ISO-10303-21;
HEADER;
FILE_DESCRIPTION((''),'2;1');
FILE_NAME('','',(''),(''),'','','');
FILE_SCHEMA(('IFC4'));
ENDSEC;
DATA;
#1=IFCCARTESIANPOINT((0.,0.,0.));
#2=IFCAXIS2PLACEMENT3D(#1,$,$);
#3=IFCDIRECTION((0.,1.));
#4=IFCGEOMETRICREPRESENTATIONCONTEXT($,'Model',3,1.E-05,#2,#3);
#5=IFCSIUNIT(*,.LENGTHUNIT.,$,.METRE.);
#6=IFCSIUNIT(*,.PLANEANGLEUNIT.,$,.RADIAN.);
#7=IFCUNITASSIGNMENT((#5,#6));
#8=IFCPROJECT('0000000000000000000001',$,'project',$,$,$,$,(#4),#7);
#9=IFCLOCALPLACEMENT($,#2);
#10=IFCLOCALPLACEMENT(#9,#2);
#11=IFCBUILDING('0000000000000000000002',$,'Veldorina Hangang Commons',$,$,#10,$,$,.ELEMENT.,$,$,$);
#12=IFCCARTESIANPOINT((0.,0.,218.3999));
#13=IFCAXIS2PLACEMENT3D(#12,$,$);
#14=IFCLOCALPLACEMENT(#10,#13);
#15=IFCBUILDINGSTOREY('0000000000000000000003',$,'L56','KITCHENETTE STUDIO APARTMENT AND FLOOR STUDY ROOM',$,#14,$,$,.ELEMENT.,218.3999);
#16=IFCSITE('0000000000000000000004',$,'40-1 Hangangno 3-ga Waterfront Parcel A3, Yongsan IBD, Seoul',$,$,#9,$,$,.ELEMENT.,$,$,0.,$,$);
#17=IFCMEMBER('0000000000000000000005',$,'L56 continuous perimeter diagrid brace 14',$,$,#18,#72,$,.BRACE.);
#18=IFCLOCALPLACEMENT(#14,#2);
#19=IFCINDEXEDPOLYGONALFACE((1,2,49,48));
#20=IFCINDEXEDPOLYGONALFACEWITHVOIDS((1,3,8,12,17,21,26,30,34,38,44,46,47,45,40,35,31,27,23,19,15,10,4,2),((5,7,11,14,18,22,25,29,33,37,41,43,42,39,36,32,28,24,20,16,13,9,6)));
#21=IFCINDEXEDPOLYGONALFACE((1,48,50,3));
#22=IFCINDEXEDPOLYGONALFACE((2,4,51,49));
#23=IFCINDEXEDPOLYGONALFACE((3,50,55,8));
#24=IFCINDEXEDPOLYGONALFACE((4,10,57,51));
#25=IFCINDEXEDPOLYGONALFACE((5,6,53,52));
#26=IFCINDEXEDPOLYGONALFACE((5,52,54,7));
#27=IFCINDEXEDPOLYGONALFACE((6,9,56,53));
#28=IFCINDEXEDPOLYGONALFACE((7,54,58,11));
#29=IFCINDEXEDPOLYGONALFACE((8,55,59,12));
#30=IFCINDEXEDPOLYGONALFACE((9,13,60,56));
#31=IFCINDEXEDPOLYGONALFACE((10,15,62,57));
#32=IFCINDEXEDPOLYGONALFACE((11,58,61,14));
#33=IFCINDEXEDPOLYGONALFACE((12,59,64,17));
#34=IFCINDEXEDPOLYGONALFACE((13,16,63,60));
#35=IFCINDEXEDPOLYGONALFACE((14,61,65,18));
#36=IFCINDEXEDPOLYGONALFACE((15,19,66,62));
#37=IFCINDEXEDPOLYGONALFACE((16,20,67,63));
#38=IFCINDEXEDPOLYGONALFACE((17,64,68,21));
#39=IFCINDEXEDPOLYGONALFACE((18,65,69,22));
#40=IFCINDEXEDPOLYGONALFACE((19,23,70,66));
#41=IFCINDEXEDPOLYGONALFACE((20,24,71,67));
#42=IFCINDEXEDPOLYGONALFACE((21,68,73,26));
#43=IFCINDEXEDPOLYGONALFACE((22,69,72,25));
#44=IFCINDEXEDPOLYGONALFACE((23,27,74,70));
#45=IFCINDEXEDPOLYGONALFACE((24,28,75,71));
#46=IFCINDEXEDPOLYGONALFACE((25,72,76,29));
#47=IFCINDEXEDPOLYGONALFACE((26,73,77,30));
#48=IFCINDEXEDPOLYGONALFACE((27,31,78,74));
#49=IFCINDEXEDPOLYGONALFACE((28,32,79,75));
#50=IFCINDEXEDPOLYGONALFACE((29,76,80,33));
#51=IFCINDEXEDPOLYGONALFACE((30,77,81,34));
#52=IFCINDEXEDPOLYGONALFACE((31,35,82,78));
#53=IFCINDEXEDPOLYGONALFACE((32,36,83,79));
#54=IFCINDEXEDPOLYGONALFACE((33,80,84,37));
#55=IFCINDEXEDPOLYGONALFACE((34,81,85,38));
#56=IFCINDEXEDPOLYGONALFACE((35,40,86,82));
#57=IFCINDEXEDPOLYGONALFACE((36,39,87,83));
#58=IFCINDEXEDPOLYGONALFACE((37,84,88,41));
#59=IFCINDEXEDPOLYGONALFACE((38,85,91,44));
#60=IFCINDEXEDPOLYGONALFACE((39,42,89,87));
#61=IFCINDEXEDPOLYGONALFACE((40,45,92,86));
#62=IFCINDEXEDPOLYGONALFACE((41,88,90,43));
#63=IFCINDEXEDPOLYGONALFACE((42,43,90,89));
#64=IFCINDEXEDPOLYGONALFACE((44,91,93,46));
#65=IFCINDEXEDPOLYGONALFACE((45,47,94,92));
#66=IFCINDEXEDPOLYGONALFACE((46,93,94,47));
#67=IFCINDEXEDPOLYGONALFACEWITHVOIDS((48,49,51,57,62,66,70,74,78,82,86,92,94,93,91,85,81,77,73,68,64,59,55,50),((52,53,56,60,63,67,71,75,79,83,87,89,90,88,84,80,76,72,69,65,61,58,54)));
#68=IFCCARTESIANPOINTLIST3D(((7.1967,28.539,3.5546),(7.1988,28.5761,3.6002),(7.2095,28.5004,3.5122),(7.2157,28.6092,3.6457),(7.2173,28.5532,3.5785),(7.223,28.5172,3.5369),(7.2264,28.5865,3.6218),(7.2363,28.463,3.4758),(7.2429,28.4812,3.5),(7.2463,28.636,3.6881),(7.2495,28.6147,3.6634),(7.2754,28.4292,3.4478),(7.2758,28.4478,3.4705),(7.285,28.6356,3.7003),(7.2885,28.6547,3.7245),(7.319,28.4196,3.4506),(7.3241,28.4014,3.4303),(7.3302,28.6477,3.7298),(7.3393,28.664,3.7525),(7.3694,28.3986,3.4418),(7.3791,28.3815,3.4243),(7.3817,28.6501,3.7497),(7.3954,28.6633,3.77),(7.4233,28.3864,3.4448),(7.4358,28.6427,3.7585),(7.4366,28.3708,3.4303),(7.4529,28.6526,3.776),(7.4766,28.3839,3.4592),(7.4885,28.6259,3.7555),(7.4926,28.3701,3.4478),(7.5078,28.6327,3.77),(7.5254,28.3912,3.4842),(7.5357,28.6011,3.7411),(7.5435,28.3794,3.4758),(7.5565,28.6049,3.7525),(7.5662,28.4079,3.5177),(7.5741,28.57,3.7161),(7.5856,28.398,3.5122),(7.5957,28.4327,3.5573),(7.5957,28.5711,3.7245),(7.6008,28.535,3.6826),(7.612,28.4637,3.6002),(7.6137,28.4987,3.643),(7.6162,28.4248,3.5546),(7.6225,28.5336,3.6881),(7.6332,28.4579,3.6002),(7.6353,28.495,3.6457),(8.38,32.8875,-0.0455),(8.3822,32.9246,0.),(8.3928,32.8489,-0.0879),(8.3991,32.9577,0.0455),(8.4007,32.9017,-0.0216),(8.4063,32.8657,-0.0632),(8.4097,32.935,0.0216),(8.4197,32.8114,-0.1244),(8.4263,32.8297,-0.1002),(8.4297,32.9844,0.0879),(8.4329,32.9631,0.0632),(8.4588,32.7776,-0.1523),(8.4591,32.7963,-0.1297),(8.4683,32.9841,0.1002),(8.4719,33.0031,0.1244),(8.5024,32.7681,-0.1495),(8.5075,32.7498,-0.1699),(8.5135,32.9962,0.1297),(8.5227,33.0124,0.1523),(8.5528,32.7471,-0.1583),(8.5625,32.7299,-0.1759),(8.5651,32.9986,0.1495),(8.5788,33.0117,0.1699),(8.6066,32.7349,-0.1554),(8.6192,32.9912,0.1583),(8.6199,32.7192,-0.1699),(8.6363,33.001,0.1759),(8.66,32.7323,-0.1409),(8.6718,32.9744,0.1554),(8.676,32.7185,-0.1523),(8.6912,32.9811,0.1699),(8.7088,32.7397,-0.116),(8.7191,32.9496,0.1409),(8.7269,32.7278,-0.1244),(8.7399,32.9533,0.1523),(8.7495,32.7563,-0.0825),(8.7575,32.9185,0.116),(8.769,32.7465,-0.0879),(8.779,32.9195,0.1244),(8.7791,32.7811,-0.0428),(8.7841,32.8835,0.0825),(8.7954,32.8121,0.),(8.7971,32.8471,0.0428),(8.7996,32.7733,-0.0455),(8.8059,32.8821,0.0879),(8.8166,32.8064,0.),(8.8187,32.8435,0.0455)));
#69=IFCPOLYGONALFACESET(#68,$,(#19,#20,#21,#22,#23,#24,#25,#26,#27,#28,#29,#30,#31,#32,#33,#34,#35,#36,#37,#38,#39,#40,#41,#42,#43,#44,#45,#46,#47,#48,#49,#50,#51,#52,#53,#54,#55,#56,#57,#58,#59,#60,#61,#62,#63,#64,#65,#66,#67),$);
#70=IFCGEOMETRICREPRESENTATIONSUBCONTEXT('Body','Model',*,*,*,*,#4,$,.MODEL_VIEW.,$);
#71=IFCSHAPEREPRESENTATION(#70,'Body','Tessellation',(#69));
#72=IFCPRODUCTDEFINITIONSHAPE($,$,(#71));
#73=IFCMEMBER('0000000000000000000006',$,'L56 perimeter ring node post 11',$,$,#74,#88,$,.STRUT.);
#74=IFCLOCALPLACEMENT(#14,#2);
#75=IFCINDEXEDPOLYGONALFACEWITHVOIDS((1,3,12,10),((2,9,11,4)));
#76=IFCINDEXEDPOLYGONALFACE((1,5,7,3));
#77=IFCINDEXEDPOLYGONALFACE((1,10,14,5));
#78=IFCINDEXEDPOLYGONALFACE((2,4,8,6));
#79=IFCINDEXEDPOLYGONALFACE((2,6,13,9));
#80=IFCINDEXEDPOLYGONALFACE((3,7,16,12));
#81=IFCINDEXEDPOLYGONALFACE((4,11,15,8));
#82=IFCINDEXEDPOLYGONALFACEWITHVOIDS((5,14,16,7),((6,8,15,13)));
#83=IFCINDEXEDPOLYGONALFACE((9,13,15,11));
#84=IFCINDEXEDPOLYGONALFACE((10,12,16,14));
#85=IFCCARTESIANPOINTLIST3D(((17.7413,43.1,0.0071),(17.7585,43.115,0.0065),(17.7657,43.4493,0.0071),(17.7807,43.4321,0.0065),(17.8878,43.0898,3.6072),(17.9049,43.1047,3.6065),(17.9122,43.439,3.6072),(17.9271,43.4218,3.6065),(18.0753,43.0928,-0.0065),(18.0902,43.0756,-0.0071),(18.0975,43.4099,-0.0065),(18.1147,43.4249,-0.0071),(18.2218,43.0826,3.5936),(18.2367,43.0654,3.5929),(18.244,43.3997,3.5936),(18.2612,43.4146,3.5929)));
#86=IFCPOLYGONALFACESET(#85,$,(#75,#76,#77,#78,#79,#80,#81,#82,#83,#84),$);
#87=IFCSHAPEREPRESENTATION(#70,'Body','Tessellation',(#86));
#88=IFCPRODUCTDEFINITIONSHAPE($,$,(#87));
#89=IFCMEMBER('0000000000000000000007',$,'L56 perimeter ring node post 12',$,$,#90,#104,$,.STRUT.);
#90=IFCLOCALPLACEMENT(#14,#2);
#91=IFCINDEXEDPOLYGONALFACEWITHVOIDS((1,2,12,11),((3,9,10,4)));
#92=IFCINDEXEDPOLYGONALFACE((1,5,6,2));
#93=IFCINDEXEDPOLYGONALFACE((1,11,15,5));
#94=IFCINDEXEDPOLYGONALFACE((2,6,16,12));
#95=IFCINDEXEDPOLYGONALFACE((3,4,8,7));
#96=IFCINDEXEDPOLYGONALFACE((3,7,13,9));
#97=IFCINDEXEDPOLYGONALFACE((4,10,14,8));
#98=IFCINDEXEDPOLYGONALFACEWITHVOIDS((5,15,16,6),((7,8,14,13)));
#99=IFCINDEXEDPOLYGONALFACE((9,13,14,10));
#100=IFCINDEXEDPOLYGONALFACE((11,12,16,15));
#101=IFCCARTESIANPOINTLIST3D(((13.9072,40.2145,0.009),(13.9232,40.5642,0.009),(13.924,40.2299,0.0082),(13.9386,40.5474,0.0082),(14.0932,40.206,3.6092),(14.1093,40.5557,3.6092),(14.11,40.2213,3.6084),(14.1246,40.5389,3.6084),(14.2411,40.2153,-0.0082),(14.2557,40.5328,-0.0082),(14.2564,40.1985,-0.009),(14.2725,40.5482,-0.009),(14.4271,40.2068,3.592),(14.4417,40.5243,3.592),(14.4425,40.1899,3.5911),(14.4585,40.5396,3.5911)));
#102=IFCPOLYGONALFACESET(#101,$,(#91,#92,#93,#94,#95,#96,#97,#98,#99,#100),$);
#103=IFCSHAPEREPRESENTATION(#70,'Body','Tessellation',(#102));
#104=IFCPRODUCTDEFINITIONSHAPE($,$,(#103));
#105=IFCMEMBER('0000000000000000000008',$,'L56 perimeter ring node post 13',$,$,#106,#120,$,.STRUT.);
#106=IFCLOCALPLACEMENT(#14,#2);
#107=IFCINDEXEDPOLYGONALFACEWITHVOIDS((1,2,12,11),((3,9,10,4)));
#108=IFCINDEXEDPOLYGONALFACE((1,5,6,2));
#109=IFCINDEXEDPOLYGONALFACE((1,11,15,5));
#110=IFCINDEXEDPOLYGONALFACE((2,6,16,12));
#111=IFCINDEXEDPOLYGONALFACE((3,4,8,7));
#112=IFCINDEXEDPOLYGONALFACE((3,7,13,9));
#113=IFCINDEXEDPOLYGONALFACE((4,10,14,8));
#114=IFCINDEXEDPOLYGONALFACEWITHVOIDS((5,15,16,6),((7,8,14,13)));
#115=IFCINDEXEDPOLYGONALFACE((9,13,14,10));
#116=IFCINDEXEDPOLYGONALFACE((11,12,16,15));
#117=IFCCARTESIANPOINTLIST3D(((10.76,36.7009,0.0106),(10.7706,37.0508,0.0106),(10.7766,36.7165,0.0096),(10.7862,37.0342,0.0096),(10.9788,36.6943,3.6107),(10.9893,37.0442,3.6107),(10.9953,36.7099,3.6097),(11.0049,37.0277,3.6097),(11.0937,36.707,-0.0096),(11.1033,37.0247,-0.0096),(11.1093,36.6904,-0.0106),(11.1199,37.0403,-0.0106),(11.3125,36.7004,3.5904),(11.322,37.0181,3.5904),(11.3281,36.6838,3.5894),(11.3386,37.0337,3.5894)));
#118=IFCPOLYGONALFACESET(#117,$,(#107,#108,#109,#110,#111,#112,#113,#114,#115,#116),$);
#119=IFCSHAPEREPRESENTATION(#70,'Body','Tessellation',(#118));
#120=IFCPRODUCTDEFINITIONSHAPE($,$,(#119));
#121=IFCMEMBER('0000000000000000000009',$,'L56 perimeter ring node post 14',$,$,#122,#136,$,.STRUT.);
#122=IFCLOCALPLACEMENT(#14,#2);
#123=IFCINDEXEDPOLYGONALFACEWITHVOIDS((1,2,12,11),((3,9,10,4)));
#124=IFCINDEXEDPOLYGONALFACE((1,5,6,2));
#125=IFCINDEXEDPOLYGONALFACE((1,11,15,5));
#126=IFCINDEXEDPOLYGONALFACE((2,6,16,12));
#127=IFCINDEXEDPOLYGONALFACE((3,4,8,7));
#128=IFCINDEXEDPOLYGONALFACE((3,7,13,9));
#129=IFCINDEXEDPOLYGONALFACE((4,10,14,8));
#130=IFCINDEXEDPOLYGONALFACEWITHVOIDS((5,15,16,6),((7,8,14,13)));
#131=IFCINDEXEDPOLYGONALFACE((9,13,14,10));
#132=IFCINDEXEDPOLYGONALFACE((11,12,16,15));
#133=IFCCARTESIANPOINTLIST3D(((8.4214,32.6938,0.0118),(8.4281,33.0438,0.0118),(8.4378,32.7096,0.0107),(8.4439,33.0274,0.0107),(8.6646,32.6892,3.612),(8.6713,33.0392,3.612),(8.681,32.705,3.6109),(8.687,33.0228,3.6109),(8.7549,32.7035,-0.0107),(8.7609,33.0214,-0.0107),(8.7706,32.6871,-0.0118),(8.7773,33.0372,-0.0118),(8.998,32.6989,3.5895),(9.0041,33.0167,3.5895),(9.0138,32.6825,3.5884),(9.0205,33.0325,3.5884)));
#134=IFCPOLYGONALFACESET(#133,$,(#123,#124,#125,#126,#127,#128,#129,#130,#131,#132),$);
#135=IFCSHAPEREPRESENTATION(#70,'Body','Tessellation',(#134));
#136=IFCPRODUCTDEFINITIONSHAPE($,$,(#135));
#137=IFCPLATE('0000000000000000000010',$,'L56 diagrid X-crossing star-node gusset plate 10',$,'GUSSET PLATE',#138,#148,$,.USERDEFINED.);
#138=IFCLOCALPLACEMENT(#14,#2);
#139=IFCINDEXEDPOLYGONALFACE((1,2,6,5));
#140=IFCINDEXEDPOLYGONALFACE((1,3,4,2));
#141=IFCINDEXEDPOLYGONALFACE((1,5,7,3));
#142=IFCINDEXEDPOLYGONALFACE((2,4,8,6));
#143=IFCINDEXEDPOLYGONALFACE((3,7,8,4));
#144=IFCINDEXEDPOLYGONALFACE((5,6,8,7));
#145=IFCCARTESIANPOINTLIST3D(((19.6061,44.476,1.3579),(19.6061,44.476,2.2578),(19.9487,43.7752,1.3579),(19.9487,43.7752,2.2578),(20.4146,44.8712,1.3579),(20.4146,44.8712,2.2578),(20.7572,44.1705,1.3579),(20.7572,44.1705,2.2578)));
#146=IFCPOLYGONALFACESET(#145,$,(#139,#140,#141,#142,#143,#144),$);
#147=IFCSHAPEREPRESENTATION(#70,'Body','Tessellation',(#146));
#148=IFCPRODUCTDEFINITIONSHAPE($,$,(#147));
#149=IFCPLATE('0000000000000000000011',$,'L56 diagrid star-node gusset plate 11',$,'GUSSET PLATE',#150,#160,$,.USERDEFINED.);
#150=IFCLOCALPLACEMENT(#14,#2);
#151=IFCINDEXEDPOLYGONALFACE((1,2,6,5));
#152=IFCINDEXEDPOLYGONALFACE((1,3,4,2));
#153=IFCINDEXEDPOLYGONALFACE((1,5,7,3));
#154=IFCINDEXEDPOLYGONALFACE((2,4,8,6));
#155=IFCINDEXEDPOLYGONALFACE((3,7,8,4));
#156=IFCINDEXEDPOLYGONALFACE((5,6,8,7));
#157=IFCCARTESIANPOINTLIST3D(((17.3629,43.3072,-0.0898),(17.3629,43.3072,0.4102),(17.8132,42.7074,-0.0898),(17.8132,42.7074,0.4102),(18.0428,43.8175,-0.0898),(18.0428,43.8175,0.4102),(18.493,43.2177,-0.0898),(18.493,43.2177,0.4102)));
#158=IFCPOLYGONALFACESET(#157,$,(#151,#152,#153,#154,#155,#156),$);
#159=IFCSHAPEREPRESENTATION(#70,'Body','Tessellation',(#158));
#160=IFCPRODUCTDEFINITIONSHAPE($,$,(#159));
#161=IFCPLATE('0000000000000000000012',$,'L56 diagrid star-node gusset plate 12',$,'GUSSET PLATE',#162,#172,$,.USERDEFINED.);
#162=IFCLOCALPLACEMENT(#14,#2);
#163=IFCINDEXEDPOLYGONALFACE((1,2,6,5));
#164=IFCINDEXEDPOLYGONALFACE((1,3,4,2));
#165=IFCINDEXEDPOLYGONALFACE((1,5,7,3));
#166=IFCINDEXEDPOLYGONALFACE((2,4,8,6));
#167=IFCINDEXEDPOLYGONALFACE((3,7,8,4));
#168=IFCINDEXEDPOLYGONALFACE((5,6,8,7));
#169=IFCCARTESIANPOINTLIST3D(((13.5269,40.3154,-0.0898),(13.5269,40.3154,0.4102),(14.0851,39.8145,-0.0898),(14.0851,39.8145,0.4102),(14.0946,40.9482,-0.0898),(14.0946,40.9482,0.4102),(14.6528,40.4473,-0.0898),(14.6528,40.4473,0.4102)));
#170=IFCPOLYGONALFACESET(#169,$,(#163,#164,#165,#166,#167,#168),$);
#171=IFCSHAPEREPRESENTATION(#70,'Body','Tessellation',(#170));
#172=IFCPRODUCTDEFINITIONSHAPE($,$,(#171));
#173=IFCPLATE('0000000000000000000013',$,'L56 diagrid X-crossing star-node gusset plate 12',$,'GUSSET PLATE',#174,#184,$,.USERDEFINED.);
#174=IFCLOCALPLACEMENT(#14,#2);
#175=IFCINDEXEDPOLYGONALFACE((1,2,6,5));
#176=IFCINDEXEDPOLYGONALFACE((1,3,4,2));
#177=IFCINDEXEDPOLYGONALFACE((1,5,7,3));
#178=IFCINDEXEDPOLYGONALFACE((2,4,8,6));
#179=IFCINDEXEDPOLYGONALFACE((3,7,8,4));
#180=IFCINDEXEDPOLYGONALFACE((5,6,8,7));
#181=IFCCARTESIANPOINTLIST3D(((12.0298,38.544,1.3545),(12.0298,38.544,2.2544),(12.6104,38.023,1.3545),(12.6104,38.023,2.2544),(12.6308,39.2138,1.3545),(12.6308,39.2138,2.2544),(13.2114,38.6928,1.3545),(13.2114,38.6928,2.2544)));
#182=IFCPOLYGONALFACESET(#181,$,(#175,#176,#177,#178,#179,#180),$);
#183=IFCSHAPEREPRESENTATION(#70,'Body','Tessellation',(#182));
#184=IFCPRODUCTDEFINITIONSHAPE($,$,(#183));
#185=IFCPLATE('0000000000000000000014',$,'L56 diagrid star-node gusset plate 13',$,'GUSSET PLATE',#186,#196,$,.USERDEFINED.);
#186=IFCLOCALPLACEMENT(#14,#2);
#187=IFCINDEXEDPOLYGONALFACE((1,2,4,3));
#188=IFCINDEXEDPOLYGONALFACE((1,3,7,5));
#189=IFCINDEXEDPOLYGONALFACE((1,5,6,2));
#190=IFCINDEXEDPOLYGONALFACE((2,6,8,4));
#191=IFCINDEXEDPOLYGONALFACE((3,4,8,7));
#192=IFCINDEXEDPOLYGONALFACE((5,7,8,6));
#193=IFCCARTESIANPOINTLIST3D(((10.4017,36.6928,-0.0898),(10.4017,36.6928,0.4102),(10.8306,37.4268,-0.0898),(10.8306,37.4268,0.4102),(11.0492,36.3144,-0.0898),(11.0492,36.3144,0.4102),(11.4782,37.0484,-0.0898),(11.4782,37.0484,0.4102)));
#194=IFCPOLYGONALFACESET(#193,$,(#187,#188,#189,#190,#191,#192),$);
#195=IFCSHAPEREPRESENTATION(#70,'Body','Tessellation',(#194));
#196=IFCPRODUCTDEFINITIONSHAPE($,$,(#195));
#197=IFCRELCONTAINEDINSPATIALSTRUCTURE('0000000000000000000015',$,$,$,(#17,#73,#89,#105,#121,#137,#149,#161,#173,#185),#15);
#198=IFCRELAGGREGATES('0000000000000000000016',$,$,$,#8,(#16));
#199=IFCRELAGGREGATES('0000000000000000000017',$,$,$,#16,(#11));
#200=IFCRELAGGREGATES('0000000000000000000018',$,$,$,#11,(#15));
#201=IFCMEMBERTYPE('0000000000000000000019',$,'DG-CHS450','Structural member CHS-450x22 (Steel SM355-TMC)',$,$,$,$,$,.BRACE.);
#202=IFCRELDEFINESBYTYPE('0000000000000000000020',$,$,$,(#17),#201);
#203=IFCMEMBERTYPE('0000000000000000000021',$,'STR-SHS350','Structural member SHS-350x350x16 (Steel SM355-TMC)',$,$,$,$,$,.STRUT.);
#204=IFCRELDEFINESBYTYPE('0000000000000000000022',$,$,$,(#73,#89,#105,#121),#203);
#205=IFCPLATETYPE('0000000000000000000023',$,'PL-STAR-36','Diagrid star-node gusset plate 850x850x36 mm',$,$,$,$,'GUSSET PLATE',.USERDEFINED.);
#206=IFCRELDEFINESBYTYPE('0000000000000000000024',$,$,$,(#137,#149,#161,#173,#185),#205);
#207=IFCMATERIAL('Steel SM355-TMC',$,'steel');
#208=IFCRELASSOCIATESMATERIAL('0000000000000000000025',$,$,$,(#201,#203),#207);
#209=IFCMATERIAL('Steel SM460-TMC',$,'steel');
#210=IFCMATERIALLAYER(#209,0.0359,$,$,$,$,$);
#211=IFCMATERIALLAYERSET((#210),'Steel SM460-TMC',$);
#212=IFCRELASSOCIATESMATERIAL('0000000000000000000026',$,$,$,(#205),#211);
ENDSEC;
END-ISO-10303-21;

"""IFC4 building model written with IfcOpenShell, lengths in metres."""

from ifc_helpers import new_model, si_unit, direction, frame, origin, origin_2d, place, context, subcontext, project, spatial, rectangle, hollow_rectangle, hollow_circle, extrude, material, layer, layer_set, material_profile, profile_set, type_object, element, save


model = new_model("IFC4")

# Units and contexts
model_context = context("Model", 3, precision=1e-05, world=origin(), true_north=direction((0.0, 1.0)))
body_context = subcontext(model_context, "Body", "Model", "MODEL_VIEW")
ifc_project = project(units=[si_unit("LENGTHUNIT", "METRE"), si_unit("PLANEANGLEUNIT", "RADIAN")], contexts=[model_context])

# Site, building, storey
site_placement = place(None, origin())
site = spatial("IfcSite", under=ifc_project, at=site_placement, Name="40-1 Hangangno 3-ga Waterfront Parcel A3, Yongsan IBD, Seoul", CompositionType="ELEMENT", RefElevation=0.0)
building_placement = place(site_placement, origin())
building = spatial("IfcBuilding", under=site, at=building_placement, Name="Veldorina Hangang Commons", CompositionType="ELEMENT")
storey_placement = place(building_placement, frame((0.0, 0.0, 218.3999)))
storey = spatial("IfcBuildingStorey", under=building, at=storey_placement, Name="L56", Description="KITCHENETTE STUDIO APARTMENT AND FLOOR STUDY ROOM", CompositionType="ELEMENT", Elevation=218.3999)

# Shared definitions
ifc_material_1 = material(Name="Steel SM355-TMC", Category="steel")

# Members
ifc_material_profile_1 = material_profile(ifc_material_1, hollow_circle(Radius=0.2251, WallThickness=0.022, at=origin_2d()), Name="CHS-450x22")
ifc_profile_set_1 = profile_set([ifc_material_profile_1], Name="Steel SM355-TMC")
member_type_1 = type_object("IfcMemberType", Name="DG-CHS450", Description="Structural member CHS-450x22 (Steel SM355-TMC)", PredefinedType="BRACE", material=ifc_profile_set_1)
member_1_placement = place(storey_placement, frame((8.5994, 32.8655, 0.0), z_axis=(-0.205159, -0.753885, 0.624153), x_axis=(0.964909, -0.262586, 0.0)))
element("IfcMember", 1, at=member_1_placement, inside=storey, type_object=member_type_1, Name="L56 continuous perimeter diagrid brace 14", PredefinedType="BRACE", context=body_context, shape_type="SweptSolid", body=[
    extrude(hollow_circle(Radius=0.2251, WallThickness=0.022, at=origin_2d()), origin(), (0.0, 0.0, 1.0), 5.7681),
])
ifc_material_profile_2 = material_profile(ifc_material_1, hollow_rectangle(XDim=0.3501, YDim=0.3501, WallThickness=0.0161, at=origin_2d()), Name="SHS-350x350x16")
ifc_profile_set_2 = profile_set([ifc_material_profile_2], Name="Steel SM355-TMC")
member_type_2 = type_object("IfcMemberType", Name="STR-SHS350", Description="Structural member SHS-350x350x16 (Steel SM355-TMC)", PredefinedType="STRUT", material=ifc_profile_set_2)
member_2_placement = place(storey_placement, frame((17.928, 43.2625, 0.0), z_axis=(0.040655, -0.002846, 0.999169), x_axis=(0.069829, 0.997559, 0.0)))
element("IfcMember", 2, at=member_2_placement, inside=storey, type_object=member_type_2, Name="L56 perimeter ring node post 11", PredefinedType="STRUT", context=body_context, shape_type="SweptSolid", body=[
    extrude(hollow_rectangle(XDim=0.3501, YDim=0.3501, WallThickness=0.0161, at=origin_2d()), origin(), (0.0, 0.0, 1.0), 3.603),
])
member_3_placement = place(storey_placement, frame((14.0898, 40.3813, 0.0), z_axis=(0.051606, -0.00237, 0.998665), x_axis=(0.045883, 0.998947, 0.0)))
element("IfcMember", 3, at=member_3_placement, inside=storey, type_object=member_type_2, Name="L56 perimeter ring node post 12", PredefinedType="STRUT", context=body_context, shape_type="SweptSolid", body=[
    extrude(hollow_rectangle(XDim=0.3501, YDim=0.3501, WallThickness=0.0161, at=origin_2d()), origin(), (0.0, 0.0, 1.0), 3.605),
])
member_4_placement = place(storey_placement, frame((10.9399, 36.8706, 0.0), z_axis=(0.06065, -0.001828, 0.998157), x_axis=(0.03012, 0.999546, 0.0)))
element("IfcMember", 4, at=member_4_placement, inside=storey, type_object=member_type_2, Name="L56 perimeter ring node post 13", PredefinedType="STRUT", context=body_context, shape_type="SweptSolid", body=[
    extrude(hollow_rectangle(XDim=0.3501, YDim=0.3501, WallThickness=0.0161, at=origin_2d()), origin(), (0.0, 0.0, 1.0), 3.6067),
])
member_5_placement = place(storey_placement, frame((8.5994, 32.8655, 0.0), z_axis=(0.06739, -0.001286, 0.997726), x_axis=(0.019073, 0.999818, 0.0)))
element("IfcMember", 5, at=member_5_placement, inside=storey, type_object=member_type_2, Name="L56 perimeter ring node post 14", PredefinedType="STRUT", context=body_context, shape_type="SweptSolid", body=[
    extrude(hollow_rectangle(XDim=0.3501, YDim=0.3501, WallThickness=0.0161, at=origin_2d()), origin(), (0.0, 0.0, 1.0), 3.6084),
])

# Plates
ifc_material_2 = material(Name="Steel SM460-TMC", Category="steel")
ifc_layer_1 = layer(ifc_material_2, 0.0359)
ifc_layer_set_1 = layer_set([ifc_layer_1], Name="Steel SM460-TMC")
plate_type = type_object("IfcPlateType", Name="PL-STAR-36", Description="Diagrid star-node gusset plate 850x850x36 mm", ElementType="GUSSET PLATE", PredefinedType="USERDEFINED", material=ifc_layer_set_1)
plate_1_placement = place(storey_placement, frame((20.1816, 44.3232, 1.3579), z_axis=(0.0, 0.0, 1.0), x_axis=(-0.898388, -0.439202, 0.0)))
element("IfcPlate", 6, at=plate_1_placement, inside=storey, type_object=plate_type, Name="L56 diagrid X-crossing star-node gusset plate 10", ObjectType="GUSSET PLATE", PredefinedType="USERDEFINED", context=body_context, shape_type="SweptSolid", body=[
    extrude(rectangle(XDim=0.8999, YDim=0.78, at=origin_2d()), origin(), (0.0, 0.0, 1.0), 0.8999),
])
for number, where, z_axis, x_axis, name in (
    (7, (17.928, 43.2625, -0.0898), (0.0, 0.0, 1.0), (-0.799758, -0.600323, 0.0), "L56 diagrid star-node gusset plate 11"),
    (8, (14.0898, 40.3813, -0.0898), (0.0, 0.0, 1.0), (-0.667833, -0.744312, 0.0), "L56 diagrid star-node gusset plate 12"),
):
    element("IfcPlate", number, at=place(storey_placement, frame(where, z_axis=z_axis, x_axis=x_axis)), inside=storey, type_object=plate_type, Name=name, ObjectType="GUSSET PLATE", PredefinedType="USERDEFINED", context=body_context, shape_type="SweptSolid", body=[
        extrude(rectangle(XDim=0.8501, YDim=0.75, at=origin_2d()), origin(), (0.0, 0.0, 1.0), 0.5),
    ])
plate_2_placement = place(storey_placement, frame((12.6206, 38.6184, 1.3545), z_axis=(0.0, 0.0, 1.0), x_axis=(-0.667833, -0.744312, 0.0)))
element("IfcPlate", 9, at=plate_2_placement, inside=storey, type_object=plate_type, Name="L56 diagrid X-crossing star-node gusset plate 12", ObjectType="GUSSET PLATE", PredefinedType="USERDEFINED", context=body_context, shape_type="SweptSolid", body=[
    extrude(rectangle(XDim=0.8999, YDim=0.78, at=origin_2d()), origin(), (0.0, 0.0, 1.0), 0.8999),
])
for number, where, z_axis, x_axis, name in (
    (10, (10.9399, 36.8706, -0.0898), (0.0, 0.0, 1.0), (-0.504573, -0.863369, 0.0), "L56 diagrid star-node gusset plate 13"),
):
    element("IfcPlate", number, at=place(storey_placement, frame(where, z_axis=z_axis, x_axis=x_axis)), inside=storey, type_object=plate_type, Name=name, ObjectType="GUSSET PLATE", PredefinedType="USERDEFINED", context=body_context, shape_type="SweptSolid", body=[
        extrude(rectangle(XDim=0.8501, YDim=0.75, at=origin_2d()), origin(), (0.0, 0.0, 1.0), 0.5),
    ])

save(model, "model.ifc")
